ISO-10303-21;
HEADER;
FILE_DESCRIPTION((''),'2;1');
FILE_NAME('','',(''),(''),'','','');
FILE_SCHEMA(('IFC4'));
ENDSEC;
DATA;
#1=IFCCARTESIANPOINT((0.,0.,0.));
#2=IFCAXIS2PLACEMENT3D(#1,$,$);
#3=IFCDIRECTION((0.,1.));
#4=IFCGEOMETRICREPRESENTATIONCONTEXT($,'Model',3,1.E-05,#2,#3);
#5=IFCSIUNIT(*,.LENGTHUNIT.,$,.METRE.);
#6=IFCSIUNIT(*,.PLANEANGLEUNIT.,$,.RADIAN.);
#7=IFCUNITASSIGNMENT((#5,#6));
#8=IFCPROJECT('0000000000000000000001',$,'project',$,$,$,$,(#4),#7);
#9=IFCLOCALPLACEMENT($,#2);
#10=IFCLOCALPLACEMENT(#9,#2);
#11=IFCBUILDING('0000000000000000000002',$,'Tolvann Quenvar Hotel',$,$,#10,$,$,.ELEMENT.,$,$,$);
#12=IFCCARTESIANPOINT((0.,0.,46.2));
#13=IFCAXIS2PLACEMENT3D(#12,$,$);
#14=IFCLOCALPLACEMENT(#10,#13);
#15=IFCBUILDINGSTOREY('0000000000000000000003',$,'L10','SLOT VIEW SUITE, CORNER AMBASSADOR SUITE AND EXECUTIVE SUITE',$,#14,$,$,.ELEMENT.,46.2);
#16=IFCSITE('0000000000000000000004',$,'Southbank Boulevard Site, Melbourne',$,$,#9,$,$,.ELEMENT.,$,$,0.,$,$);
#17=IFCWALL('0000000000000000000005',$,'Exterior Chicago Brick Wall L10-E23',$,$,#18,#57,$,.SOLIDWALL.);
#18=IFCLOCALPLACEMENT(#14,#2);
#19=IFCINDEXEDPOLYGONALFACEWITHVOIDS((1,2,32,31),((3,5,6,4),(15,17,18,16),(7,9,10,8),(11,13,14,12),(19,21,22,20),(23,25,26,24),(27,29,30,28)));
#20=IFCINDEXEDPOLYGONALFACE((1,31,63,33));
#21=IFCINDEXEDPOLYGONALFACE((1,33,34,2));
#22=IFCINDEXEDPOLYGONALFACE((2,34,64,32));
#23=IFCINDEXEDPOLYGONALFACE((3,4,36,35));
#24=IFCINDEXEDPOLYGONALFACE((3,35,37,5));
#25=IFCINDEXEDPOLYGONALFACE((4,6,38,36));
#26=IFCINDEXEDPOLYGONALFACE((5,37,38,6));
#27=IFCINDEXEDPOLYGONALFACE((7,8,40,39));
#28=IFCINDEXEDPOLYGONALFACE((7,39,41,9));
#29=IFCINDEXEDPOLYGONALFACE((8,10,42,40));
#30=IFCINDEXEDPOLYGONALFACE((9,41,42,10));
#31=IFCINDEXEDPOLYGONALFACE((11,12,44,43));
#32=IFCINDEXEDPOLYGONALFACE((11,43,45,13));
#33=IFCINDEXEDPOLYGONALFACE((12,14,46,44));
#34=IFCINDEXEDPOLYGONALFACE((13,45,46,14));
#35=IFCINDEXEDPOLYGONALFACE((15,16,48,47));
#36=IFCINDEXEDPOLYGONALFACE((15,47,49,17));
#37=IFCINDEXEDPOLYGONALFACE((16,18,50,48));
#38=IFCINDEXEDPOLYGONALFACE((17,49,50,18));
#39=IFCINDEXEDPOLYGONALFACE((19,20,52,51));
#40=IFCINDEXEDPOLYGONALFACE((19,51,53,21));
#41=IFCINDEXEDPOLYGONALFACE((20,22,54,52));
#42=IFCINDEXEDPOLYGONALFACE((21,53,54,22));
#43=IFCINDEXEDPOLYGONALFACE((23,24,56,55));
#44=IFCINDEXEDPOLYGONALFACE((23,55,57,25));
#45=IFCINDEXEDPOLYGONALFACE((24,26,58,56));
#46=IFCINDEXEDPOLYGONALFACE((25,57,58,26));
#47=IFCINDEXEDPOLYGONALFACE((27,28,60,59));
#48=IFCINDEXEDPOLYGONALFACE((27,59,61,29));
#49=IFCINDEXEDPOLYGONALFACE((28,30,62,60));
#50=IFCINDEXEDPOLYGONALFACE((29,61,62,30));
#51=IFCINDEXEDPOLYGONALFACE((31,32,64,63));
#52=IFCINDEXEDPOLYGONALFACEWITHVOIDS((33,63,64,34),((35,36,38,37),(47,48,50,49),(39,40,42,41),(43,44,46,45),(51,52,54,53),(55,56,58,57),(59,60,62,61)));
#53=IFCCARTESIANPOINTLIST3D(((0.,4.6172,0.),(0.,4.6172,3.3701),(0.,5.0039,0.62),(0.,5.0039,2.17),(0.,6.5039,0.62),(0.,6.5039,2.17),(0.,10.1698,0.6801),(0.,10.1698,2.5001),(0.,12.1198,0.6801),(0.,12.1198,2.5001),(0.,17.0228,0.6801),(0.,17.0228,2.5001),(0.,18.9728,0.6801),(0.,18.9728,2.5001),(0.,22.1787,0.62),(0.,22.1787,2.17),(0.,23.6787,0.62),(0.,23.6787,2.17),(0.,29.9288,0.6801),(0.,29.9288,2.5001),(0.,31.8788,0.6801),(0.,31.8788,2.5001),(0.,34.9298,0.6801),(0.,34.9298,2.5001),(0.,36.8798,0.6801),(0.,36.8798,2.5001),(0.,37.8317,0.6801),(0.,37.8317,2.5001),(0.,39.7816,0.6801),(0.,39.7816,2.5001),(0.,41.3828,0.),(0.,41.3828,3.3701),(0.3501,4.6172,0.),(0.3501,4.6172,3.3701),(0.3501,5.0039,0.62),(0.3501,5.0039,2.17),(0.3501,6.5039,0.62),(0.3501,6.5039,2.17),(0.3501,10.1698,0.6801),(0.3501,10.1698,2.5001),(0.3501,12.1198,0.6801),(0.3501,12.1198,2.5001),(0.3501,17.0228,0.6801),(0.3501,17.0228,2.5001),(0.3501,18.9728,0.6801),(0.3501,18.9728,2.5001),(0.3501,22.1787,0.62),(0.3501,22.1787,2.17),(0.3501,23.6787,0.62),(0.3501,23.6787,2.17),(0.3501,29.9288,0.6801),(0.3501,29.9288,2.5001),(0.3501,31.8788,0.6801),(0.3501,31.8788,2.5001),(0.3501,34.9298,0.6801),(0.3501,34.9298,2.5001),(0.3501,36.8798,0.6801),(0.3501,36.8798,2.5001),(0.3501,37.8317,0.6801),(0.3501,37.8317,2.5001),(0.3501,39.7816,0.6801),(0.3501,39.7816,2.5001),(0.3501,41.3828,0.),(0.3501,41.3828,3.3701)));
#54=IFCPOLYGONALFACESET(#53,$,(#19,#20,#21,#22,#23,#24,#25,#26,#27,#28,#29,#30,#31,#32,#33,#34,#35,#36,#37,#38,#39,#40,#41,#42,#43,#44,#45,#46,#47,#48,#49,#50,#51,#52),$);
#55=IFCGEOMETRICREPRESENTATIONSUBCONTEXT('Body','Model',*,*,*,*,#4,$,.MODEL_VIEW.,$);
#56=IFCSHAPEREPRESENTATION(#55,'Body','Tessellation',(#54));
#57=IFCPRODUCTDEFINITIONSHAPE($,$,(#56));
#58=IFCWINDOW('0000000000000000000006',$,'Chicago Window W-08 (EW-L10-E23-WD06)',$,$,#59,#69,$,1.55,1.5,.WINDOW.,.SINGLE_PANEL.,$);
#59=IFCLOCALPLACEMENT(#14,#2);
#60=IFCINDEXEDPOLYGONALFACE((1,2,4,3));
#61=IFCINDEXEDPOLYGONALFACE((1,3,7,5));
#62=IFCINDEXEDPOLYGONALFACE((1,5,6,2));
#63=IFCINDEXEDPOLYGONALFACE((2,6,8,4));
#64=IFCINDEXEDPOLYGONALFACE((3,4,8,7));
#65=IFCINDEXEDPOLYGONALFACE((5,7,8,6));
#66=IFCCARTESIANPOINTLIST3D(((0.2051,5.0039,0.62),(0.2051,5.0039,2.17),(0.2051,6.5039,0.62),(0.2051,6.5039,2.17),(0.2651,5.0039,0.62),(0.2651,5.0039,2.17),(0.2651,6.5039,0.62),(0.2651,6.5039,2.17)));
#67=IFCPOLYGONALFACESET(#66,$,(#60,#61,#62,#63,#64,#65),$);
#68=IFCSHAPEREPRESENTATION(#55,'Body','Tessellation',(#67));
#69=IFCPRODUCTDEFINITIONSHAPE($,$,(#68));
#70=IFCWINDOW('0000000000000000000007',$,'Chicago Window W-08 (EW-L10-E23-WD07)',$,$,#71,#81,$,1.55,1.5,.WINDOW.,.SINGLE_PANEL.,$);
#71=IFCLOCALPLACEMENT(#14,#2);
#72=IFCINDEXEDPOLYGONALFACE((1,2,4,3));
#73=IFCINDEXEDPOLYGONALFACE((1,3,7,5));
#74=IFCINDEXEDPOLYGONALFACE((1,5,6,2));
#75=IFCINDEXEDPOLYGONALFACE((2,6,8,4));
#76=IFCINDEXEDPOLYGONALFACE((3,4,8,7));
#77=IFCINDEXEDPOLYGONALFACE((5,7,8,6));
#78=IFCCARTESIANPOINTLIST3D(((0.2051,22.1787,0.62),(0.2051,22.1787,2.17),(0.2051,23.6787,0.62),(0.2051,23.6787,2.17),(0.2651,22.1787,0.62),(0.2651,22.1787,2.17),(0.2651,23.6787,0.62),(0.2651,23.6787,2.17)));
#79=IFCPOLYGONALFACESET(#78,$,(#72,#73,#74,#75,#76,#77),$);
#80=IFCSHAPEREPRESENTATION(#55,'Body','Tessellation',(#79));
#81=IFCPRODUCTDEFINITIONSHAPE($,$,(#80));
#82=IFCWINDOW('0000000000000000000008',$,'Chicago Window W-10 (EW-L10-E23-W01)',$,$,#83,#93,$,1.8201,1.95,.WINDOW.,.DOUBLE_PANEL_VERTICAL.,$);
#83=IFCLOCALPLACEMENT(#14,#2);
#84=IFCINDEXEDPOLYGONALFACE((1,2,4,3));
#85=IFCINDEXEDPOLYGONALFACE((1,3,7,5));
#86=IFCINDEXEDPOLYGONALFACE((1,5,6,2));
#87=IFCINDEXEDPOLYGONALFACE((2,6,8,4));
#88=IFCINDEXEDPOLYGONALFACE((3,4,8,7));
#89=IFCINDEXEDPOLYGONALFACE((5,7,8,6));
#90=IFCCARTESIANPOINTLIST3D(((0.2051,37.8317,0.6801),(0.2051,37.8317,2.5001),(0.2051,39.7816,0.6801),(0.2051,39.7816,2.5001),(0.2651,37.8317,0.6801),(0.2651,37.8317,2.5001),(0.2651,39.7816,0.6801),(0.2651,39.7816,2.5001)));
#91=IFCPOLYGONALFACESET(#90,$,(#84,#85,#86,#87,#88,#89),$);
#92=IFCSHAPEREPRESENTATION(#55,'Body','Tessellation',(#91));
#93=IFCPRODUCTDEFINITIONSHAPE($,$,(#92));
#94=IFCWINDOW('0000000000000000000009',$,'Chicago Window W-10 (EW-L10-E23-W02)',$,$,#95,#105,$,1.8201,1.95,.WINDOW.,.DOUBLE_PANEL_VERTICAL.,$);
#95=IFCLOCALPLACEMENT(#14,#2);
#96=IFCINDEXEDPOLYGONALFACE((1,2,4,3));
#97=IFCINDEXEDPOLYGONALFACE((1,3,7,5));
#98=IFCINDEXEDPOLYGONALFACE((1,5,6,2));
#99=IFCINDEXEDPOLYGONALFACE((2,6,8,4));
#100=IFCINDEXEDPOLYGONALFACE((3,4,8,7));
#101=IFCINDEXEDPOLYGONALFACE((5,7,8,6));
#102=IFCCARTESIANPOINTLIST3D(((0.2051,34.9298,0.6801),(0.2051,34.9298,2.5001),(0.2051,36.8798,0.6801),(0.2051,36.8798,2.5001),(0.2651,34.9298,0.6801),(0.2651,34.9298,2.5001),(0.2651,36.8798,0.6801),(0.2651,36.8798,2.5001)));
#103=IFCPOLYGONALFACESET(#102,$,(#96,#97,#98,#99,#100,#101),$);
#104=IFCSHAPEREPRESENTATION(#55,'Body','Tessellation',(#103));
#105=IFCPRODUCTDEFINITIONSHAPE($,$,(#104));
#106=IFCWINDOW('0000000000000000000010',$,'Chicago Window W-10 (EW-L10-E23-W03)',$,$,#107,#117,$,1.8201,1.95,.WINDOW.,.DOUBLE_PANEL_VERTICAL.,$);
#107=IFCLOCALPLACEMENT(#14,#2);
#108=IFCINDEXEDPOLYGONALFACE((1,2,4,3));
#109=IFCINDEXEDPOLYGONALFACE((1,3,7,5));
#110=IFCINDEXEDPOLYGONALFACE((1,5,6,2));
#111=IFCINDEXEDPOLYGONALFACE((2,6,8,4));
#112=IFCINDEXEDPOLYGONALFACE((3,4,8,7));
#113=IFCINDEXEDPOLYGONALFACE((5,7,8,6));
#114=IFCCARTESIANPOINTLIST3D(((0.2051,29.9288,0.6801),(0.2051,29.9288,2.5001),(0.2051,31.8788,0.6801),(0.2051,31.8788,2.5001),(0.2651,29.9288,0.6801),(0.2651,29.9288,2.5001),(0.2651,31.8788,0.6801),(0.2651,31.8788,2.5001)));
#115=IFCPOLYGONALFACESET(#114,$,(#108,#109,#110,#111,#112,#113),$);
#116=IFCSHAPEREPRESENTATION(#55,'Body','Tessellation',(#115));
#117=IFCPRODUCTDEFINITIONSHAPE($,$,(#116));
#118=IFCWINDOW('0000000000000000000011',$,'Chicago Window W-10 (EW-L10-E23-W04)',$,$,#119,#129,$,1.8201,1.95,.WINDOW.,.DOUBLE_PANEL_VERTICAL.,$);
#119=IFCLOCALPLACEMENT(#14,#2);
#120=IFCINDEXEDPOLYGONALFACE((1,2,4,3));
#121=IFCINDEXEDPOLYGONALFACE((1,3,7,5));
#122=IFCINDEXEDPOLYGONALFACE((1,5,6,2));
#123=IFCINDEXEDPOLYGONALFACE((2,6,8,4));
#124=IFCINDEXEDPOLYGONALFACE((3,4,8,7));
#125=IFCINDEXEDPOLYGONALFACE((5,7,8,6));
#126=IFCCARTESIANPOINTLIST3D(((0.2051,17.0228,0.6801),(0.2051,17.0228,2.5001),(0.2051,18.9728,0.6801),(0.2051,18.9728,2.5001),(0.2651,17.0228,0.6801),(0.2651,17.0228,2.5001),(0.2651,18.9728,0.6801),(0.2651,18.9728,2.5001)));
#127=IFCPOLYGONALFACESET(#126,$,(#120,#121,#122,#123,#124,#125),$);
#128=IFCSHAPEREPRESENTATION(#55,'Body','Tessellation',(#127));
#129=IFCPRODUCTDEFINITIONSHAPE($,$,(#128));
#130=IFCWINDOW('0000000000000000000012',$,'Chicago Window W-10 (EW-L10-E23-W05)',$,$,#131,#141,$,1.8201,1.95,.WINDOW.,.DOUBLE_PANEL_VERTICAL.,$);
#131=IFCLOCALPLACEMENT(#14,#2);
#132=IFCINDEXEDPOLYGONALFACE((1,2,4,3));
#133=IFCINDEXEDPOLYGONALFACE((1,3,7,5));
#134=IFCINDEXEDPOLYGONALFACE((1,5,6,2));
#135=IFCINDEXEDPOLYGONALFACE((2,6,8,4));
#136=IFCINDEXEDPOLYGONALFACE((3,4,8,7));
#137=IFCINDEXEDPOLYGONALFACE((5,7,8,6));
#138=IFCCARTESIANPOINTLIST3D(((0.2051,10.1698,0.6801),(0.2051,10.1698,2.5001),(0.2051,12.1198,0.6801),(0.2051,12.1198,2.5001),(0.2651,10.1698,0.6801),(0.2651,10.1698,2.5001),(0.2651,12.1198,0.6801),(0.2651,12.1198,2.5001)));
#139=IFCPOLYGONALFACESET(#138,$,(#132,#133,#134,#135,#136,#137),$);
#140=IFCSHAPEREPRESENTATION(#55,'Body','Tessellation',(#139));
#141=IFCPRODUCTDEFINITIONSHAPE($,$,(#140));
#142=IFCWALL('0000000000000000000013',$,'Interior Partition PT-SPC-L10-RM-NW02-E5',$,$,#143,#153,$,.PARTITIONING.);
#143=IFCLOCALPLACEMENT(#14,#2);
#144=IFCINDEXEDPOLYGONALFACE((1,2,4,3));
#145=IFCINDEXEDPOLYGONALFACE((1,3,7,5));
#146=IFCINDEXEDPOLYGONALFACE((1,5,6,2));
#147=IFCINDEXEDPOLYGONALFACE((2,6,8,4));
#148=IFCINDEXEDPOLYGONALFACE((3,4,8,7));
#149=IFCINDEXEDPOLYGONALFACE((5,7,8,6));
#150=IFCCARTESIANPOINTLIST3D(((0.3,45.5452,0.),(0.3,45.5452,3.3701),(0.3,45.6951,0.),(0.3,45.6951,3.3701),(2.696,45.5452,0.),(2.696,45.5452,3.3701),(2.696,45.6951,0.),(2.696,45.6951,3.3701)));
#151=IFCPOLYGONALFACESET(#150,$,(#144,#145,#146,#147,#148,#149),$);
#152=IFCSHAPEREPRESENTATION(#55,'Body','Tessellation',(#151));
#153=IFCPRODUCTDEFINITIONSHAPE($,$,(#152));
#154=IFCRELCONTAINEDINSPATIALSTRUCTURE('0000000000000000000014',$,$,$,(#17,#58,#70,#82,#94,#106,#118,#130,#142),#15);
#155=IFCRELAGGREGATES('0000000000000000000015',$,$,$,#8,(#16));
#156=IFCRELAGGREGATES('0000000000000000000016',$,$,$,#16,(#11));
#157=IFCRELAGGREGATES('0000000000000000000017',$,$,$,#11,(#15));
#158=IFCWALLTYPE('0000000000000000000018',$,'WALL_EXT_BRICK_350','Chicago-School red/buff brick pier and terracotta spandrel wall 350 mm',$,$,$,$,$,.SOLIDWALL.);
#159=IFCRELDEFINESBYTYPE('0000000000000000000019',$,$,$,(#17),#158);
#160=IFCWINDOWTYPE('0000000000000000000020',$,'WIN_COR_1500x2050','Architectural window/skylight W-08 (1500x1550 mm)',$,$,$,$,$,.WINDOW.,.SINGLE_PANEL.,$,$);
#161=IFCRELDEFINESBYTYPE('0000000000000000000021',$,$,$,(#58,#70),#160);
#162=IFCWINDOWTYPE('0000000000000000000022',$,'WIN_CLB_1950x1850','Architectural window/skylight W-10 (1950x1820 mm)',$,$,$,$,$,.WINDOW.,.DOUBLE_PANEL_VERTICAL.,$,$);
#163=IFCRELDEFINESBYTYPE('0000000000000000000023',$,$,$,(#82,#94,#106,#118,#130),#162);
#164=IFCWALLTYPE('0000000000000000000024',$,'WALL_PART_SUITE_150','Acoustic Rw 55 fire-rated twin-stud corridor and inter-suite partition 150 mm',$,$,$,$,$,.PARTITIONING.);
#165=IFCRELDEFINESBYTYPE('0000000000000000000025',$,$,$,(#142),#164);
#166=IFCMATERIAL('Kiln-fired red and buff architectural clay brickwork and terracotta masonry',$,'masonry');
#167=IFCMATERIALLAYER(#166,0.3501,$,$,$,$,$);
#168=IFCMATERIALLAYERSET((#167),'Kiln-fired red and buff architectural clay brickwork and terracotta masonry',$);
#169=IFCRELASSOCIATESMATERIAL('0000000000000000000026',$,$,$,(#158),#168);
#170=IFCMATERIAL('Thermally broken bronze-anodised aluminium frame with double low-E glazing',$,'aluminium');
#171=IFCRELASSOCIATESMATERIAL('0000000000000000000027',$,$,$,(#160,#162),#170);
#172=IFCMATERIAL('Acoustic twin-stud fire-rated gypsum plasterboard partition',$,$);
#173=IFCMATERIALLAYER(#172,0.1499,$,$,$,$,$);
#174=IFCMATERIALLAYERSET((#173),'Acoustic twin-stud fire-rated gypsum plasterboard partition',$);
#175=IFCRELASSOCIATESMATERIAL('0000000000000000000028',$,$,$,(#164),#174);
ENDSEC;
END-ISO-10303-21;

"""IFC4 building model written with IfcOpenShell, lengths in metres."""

from ifc_helpers import new_model, si_unit, direction, frame, frame_2d, origin, place, context, subcontext, project, spatial, rectangle, extrude, source, transform, mapped, material, layer, layer_set, type_object, type_shapes, element, fill, save


model = new_model("IFC4")

# Units and contexts
model_context = context("Model", 3, precision=1e-05, world=origin(), true_north=direction((0.0, 1.0)))
body_context = subcontext(model_context, "Body", "Model", "MODEL_VIEW")
ifc_project = project(units=[si_unit("LENGTHUNIT", "METRE"), si_unit("PLANEANGLEUNIT", "RADIAN")], contexts=[model_context])

# Site, building, storey
site_placement = place(None, origin())
site = spatial("IfcSite", under=ifc_project, at=site_placement, Name="Southbank Boulevard Site, Melbourne", CompositionType="ELEMENT", RefElevation=0.0)
building_placement = place(site_placement, origin())
building = spatial("IfcBuilding", under=site, at=building_placement, Name="Tolvann Quenvar Hotel", CompositionType="ELEMENT")
storey_placement = place(building_placement, frame((0.0, 0.0, 46.2)))
storey = spatial("IfcBuildingStorey", under=building, at=storey_placement, Name="L10", Description="SLOT VIEW SUITE, CORNER AMBASSADOR SUITE AND EXECUTIVE SUITE", CompositionType="ELEMENT", Elevation=46.2)

# Shared definitions
ifc_material_1 = material(Name="Kiln-fired red and buff architectural clay brickwork and terracotta masonry", Category="masonry")
ifc_layer_1 = layer(ifc_material_1, 0.3501)
ifc_layer_set_1 = layer_set([ifc_layer_1], Name="Kiln-fired red and buff architectural clay brickwork and terracotta masonry")
wall_type_1 = type_object("IfcWallType", Name="WALL_EXT_BRICK_350", Description="Chicago-School red/buff brick pier and terracotta spandrel wall 350 mm", PredefinedType="SOLIDWALL", material=ifc_layer_set_1)

# Wall, openings, windows
wall_1_placement = place(storey_placement, frame((0.175, 41.3828, 0.0), z_axis=(0.0, 0.0, 1.0), x_axis=(0.0, -1.0, 0.0)))
wall_1 = element("IfcWall", 1, at=wall_1_placement, inside=storey, type_object=wall_type_1, Name="Exterior Chicago Brick Wall L10-E23", PredefinedType="SOLIDWALL", context=body_context, shape_type="SweptSolid", body=[
    extrude(rectangle(XDim=36.7656, YDim=0.3501, at=frame_2d((18.3828, 0.0))), origin(), (0.0, 0.0, 1.0), 3.3701),
])
opening_1_placement = place(wall_1_placement, frame((1.6011, 0.0, 0.6799)))
opening_1 = element("IfcOpeningElement", 2, at=opening_1_placement, cuts=wall_1, PredefinedType="OPENING", context=body_context, shape_type="SweptSolid", body=[
    extrude(rectangle(XDim=1.95, YDim=1.8201, at=frame_2d((0.9751, 0.9102))), frame((0.0, 0.1851, 0.0), z_axis=(0.0, -1.0, 0.0), x_axis=(1.0, 0.0, 0.0)), (0.0, 0.0, 1.0), 0.3701),
])
opening_2_placement = place(wall_1_placement, frame((4.5029, 0.0, 0.6799)))
opening_2 = element("IfcOpeningElement", 3, at=opening_2_placement, cuts=wall_1, PredefinedType="OPENING", context=body_context, shape_type="SweptSolid", body=[
    extrude(rectangle(XDim=1.95, YDim=1.8201, at=frame_2d((0.9751, 0.9102))), frame((0.0, 0.1851, 0.0), z_axis=(0.0, -1.0, 0.0), x_axis=(1.0, 0.0, 0.0)), (0.0, 0.0, 1.0), 0.3701),
])
opening_3_placement = place(wall_1_placement, frame((9.5039, 0.0, 0.6799)))
opening_3 = element("IfcOpeningElement", 4, at=opening_3_placement, cuts=wall_1, PredefinedType="OPENING", context=body_context, shape_type="SweptSolid", body=[
    extrude(rectangle(XDim=1.95, YDim=1.8201, at=frame_2d((0.9751, 0.9102))), frame((0.0, 0.1851, 0.0), z_axis=(0.0, -1.0, 0.0), x_axis=(1.0, 0.0, 0.0)), (0.0, 0.0, 1.0), 0.3701),
])
opening_4_placement = place(wall_1_placement, frame((22.4099, 0.0, 0.6799)))
opening_4 = element("IfcOpeningElement", 5, at=opening_4_placement, cuts=wall_1, PredefinedType="OPENING", context=body_context, shape_type="SweptSolid", body=[
    extrude(rectangle(XDim=1.95, YDim=1.8201, at=frame_2d((0.9751, 0.9102))), frame((0.0, 0.1851, 0.0), z_axis=(0.0, -1.0, 0.0), x_axis=(1.0, 0.0, 0.0)), (0.0, 0.0, 1.0), 0.3701),
])
opening_5_placement = place(wall_1_placement, frame((29.2629, 0.0, 0.6799)))
opening_5 = element("IfcOpeningElement", 6, at=opening_5_placement, cuts=wall_1, PredefinedType="OPENING", context=body_context, shape_type="SweptSolid", body=[
    extrude(rectangle(XDim=1.95, YDim=1.8201, at=frame_2d((0.9751, 0.9102))), frame((0.0, 0.1851, 0.0), z_axis=(0.0, -1.0, 0.0), x_axis=(1.0, 0.0, 0.0)), (0.0, 0.0, 1.0), 0.3701),
])
opening_6_placement = place(wall_1_placement, frame((34.8789, 0.0, 0.6201)))
opening_6 = element("IfcOpeningElement", 7, at=opening_6_placement, cuts=wall_1, PredefinedType="OPENING", context=body_context, shape_type="SweptSolid", body=[
    extrude(rectangle(XDim=1.5, YDim=1.55, at=frame_2d((0.75, 0.7749))), frame((0.0, 0.1851, 0.0), z_axis=(0.0, -1.0, 0.0), x_axis=(1.0, 0.0, 0.0)), (0.0, 0.0, 1.0), 0.3701),
])
opening_7_placement = place(wall_1_placement, frame((17.7041, 0.0, 0.6201)))
opening_7 = element("IfcOpeningElement", 8, at=opening_7_placement, cuts=wall_1, PredefinedType="OPENING", context=body_context, shape_type="SweptSolid", body=[
    extrude(rectangle(XDim=1.5, YDim=1.55, at=frame_2d((0.75, 0.7749))), frame((0.0, 0.1851, 0.0), z_axis=(0.0, -1.0, 0.0), x_axis=(1.0, 0.0, 0.0)), (0.0, 0.0, 1.0), 0.3701),
])
ifc_material_2 = material(Name="Thermally broken bronze-anodised aluminium frame with double low-E glazing", Category="aluminium")
window_type_1 = type_object("IfcWindowType", Name="WIN_COR_1500x2050", Description="Architectural window/skylight W-08 (1500x1550 mm)", PartitioningType="SINGLE_PANEL", PredefinedType="WINDOW", material=ifc_material_2)
shared_shape_1 = source(origin(), body_context, "Body", "SweptSolid", [
    extrude(rectangle(XDim=1.5, YDim=1.55, at=frame_2d((0.75, 0.7749))), frame((0.0, 0.0901, 0.0), z_axis=(0.0, -1.0, 0.0), x_axis=(1.0, 0.0, 0.0)), (0.0, 0.0, 1.0), 0.0601),
])
type_shapes(window_type_1, [shared_shape_1])
window_1_placement = place(opening_6_placement, origin())
window_1 = element("IfcWindow", 9, at=window_1_placement, inside=storey, type_object=window_type_1, Name="Chicago Window W-08 (EW-L10-E23-WD06)", OverallHeight=1.55, OverallWidth=1.5, PartitioningType="SINGLE_PANEL", PredefinedType="WINDOW", context=body_context, shape_type="MappedRepresentation", body=[
    mapped(shared_shape_1, transform((0.0, 0.0, 0.0), x_axis=(1.0, 0.0, 0.0), y_axis=(0.0, 1.0, 0.0), z_axis=(0.0, 0.0, 1.0), scale=1.0)),
])
fill(opening_6, window_1)
window_2_placement = place(opening_7_placement, origin())
window_2 = element("IfcWindow", 10, at=window_2_placement, inside=storey, type_object=window_type_1, Name="Chicago Window W-08 (EW-L10-E23-WD07)", OverallHeight=1.55, OverallWidth=1.5, PartitioningType="SINGLE_PANEL", PredefinedType="WINDOW", context=body_context, shape_type="MappedRepresentation", body=[
    mapped(shared_shape_1, transform((0.0, 0.0, 0.0), x_axis=(1.0, 0.0, 0.0), y_axis=(0.0, 1.0, 0.0), z_axis=(0.0, 0.0, 1.0), scale=1.0)),
])
fill(opening_7, window_2)
window_type_2 = type_object("IfcWindowType", Name="WIN_CLB_1950x1850", Description="Architectural window/skylight W-10 (1950x1820 mm)", PartitioningType="DOUBLE_PANEL_VERTICAL", PredefinedType="WINDOW", material=ifc_material_2)
shared_shape_2 = source(origin(), body_context, "Body", "SweptSolid", [
    extrude(rectangle(XDim=1.95, YDim=1.8201, at=frame_2d((0.9751, 0.9102))), frame((0.0, 0.0901, 0.0), z_axis=(0.0, -1.0, 0.0), x_axis=(1.0, 0.0, 0.0)), (0.0, 0.0, 1.0), 0.0601),
])
type_shapes(window_type_2, [shared_shape_2])
window_3_placement = place(opening_1_placement, origin())
window_3 = element("IfcWindow", 11, at=window_3_placement, inside=storey, type_object=window_type_2, Name="Chicago Window W-10 (EW-L10-E23-W01)", OverallHeight=1.8201, OverallWidth=1.95, PartitioningType="DOUBLE_PANEL_VERTICAL", PredefinedType="WINDOW", context=body_context, shape_type="MappedRepresentation", body=[
    mapped(shared_shape_2, transform((0.0, 0.0, 0.0), x_axis=(1.0, 0.0, 0.0), y_axis=(0.0, 1.0, 0.0), z_axis=(0.0, 0.0, 1.0), scale=1.0)),
])
fill(opening_1, window_3)
window_4_placement = place(opening_2_placement, origin())
window_4 = element("IfcWindow", 12, at=window_4_placement, inside=storey, type_object=window_type_2, Name="Chicago Window W-10 (EW-L10-E23-W02)", OverallHeight=1.8201, OverallWidth=1.95, PartitioningType="DOUBLE_PANEL_VERTICAL", PredefinedType="WINDOW", context=body_context, shape_type="MappedRepresentation", body=[
    mapped(shared_shape_2, transform((0.0, 0.0, 0.0), x_axis=(1.0, 0.0, 0.0), y_axis=(0.0, 1.0, 0.0), z_axis=(0.0, 0.0, 1.0), scale=1.0)),
])
fill(opening_2, window_4)
window_5_placement = place(opening_3_placement, origin())
window_5 = element("IfcWindow", 13, at=window_5_placement, inside=storey, type_object=window_type_2, Name="Chicago Window W-10 (EW-L10-E23-W03)", OverallHeight=1.8201, OverallWidth=1.95, PartitioningType="DOUBLE_PANEL_VERTICAL", PredefinedType="WINDOW", context=body_context, shape_type="MappedRepresentation", body=[
    mapped(shared_shape_2, transform((0.0, 0.0, 0.0), x_axis=(1.0, 0.0, 0.0), y_axis=(0.0, 1.0, 0.0), z_axis=(0.0, 0.0, 1.0), scale=1.0)),
])
fill(opening_3, window_5)
window_6_placement = place(opening_4_placement, origin())
window_6 = element("IfcWindow", 14, at=window_6_placement, inside=storey, type_object=window_type_2, Name="Chicago Window W-10 (EW-L10-E23-W04)", OverallHeight=1.8201, OverallWidth=1.95, PartitioningType="DOUBLE_PANEL_VERTICAL", PredefinedType="WINDOW", context=body_context, shape_type="MappedRepresentation", body=[
    mapped(shared_shape_2, transform((0.0, 0.0, 0.0), x_axis=(1.0, 0.0, 0.0), y_axis=(0.0, 1.0, 0.0), z_axis=(0.0, 0.0, 1.0), scale=1.0)),
])
fill(opening_4, window_6)
window_7_placement = place(opening_5_placement, origin())
window_7 = element("IfcWindow", 15, at=window_7_placement, inside=storey, type_object=window_type_2, Name="Chicago Window W-10 (EW-L10-E23-W05)", OverallHeight=1.8201, OverallWidth=1.95, PartitioningType="DOUBLE_PANEL_VERTICAL", PredefinedType="WINDOW", context=body_context, shape_type="MappedRepresentation", body=[
    mapped(shared_shape_2, transform((0.0, 0.0, 0.0), x_axis=(1.0, 0.0, 0.0), y_axis=(0.0, 1.0, 0.0), z_axis=(0.0, 0.0, 1.0), scale=1.0)),
])
fill(opening_5, window_7)

# Wall
ifc_material_3 = material(Name="Acoustic twin-stud fire-rated gypsum plasterboard partition")
ifc_layer_2 = layer(ifc_material_3, 0.1499)
ifc_layer_set_2 = layer_set([ifc_layer_2], Name="Acoustic twin-stud fire-rated gypsum plasterboard partition")
wall_type_2 = type_object("IfcWallType", Name="WALL_PART_SUITE_150", Description="Acoustic Rw 55 fire-rated twin-stud corridor and inter-suite partition 150 mm", PredefinedType="PARTITIONING", material=ifc_layer_set_2)
wall_2_placement = place(storey_placement, frame((0.3, 45.6201, 0.0), z_axis=(0.0, 0.0, 1.0), x_axis=(1.0, 0.0, 0.0)))
element("IfcWall", 16, at=wall_2_placement, inside=storey, type_object=wall_type_2, Name="Interior Partition PT-SPC-L10-RM-NW02-E5", PredefinedType="PARTITIONING", context=body_context, shape_type="SweptSolid", body=[
    extrude(rectangle(XDim=2.396, YDim=0.1499, at=frame_2d((1.198, 0.0))), origin(), (0.0, 0.0, 1.0), 3.3701),
])

save(model, "model.ifc")
